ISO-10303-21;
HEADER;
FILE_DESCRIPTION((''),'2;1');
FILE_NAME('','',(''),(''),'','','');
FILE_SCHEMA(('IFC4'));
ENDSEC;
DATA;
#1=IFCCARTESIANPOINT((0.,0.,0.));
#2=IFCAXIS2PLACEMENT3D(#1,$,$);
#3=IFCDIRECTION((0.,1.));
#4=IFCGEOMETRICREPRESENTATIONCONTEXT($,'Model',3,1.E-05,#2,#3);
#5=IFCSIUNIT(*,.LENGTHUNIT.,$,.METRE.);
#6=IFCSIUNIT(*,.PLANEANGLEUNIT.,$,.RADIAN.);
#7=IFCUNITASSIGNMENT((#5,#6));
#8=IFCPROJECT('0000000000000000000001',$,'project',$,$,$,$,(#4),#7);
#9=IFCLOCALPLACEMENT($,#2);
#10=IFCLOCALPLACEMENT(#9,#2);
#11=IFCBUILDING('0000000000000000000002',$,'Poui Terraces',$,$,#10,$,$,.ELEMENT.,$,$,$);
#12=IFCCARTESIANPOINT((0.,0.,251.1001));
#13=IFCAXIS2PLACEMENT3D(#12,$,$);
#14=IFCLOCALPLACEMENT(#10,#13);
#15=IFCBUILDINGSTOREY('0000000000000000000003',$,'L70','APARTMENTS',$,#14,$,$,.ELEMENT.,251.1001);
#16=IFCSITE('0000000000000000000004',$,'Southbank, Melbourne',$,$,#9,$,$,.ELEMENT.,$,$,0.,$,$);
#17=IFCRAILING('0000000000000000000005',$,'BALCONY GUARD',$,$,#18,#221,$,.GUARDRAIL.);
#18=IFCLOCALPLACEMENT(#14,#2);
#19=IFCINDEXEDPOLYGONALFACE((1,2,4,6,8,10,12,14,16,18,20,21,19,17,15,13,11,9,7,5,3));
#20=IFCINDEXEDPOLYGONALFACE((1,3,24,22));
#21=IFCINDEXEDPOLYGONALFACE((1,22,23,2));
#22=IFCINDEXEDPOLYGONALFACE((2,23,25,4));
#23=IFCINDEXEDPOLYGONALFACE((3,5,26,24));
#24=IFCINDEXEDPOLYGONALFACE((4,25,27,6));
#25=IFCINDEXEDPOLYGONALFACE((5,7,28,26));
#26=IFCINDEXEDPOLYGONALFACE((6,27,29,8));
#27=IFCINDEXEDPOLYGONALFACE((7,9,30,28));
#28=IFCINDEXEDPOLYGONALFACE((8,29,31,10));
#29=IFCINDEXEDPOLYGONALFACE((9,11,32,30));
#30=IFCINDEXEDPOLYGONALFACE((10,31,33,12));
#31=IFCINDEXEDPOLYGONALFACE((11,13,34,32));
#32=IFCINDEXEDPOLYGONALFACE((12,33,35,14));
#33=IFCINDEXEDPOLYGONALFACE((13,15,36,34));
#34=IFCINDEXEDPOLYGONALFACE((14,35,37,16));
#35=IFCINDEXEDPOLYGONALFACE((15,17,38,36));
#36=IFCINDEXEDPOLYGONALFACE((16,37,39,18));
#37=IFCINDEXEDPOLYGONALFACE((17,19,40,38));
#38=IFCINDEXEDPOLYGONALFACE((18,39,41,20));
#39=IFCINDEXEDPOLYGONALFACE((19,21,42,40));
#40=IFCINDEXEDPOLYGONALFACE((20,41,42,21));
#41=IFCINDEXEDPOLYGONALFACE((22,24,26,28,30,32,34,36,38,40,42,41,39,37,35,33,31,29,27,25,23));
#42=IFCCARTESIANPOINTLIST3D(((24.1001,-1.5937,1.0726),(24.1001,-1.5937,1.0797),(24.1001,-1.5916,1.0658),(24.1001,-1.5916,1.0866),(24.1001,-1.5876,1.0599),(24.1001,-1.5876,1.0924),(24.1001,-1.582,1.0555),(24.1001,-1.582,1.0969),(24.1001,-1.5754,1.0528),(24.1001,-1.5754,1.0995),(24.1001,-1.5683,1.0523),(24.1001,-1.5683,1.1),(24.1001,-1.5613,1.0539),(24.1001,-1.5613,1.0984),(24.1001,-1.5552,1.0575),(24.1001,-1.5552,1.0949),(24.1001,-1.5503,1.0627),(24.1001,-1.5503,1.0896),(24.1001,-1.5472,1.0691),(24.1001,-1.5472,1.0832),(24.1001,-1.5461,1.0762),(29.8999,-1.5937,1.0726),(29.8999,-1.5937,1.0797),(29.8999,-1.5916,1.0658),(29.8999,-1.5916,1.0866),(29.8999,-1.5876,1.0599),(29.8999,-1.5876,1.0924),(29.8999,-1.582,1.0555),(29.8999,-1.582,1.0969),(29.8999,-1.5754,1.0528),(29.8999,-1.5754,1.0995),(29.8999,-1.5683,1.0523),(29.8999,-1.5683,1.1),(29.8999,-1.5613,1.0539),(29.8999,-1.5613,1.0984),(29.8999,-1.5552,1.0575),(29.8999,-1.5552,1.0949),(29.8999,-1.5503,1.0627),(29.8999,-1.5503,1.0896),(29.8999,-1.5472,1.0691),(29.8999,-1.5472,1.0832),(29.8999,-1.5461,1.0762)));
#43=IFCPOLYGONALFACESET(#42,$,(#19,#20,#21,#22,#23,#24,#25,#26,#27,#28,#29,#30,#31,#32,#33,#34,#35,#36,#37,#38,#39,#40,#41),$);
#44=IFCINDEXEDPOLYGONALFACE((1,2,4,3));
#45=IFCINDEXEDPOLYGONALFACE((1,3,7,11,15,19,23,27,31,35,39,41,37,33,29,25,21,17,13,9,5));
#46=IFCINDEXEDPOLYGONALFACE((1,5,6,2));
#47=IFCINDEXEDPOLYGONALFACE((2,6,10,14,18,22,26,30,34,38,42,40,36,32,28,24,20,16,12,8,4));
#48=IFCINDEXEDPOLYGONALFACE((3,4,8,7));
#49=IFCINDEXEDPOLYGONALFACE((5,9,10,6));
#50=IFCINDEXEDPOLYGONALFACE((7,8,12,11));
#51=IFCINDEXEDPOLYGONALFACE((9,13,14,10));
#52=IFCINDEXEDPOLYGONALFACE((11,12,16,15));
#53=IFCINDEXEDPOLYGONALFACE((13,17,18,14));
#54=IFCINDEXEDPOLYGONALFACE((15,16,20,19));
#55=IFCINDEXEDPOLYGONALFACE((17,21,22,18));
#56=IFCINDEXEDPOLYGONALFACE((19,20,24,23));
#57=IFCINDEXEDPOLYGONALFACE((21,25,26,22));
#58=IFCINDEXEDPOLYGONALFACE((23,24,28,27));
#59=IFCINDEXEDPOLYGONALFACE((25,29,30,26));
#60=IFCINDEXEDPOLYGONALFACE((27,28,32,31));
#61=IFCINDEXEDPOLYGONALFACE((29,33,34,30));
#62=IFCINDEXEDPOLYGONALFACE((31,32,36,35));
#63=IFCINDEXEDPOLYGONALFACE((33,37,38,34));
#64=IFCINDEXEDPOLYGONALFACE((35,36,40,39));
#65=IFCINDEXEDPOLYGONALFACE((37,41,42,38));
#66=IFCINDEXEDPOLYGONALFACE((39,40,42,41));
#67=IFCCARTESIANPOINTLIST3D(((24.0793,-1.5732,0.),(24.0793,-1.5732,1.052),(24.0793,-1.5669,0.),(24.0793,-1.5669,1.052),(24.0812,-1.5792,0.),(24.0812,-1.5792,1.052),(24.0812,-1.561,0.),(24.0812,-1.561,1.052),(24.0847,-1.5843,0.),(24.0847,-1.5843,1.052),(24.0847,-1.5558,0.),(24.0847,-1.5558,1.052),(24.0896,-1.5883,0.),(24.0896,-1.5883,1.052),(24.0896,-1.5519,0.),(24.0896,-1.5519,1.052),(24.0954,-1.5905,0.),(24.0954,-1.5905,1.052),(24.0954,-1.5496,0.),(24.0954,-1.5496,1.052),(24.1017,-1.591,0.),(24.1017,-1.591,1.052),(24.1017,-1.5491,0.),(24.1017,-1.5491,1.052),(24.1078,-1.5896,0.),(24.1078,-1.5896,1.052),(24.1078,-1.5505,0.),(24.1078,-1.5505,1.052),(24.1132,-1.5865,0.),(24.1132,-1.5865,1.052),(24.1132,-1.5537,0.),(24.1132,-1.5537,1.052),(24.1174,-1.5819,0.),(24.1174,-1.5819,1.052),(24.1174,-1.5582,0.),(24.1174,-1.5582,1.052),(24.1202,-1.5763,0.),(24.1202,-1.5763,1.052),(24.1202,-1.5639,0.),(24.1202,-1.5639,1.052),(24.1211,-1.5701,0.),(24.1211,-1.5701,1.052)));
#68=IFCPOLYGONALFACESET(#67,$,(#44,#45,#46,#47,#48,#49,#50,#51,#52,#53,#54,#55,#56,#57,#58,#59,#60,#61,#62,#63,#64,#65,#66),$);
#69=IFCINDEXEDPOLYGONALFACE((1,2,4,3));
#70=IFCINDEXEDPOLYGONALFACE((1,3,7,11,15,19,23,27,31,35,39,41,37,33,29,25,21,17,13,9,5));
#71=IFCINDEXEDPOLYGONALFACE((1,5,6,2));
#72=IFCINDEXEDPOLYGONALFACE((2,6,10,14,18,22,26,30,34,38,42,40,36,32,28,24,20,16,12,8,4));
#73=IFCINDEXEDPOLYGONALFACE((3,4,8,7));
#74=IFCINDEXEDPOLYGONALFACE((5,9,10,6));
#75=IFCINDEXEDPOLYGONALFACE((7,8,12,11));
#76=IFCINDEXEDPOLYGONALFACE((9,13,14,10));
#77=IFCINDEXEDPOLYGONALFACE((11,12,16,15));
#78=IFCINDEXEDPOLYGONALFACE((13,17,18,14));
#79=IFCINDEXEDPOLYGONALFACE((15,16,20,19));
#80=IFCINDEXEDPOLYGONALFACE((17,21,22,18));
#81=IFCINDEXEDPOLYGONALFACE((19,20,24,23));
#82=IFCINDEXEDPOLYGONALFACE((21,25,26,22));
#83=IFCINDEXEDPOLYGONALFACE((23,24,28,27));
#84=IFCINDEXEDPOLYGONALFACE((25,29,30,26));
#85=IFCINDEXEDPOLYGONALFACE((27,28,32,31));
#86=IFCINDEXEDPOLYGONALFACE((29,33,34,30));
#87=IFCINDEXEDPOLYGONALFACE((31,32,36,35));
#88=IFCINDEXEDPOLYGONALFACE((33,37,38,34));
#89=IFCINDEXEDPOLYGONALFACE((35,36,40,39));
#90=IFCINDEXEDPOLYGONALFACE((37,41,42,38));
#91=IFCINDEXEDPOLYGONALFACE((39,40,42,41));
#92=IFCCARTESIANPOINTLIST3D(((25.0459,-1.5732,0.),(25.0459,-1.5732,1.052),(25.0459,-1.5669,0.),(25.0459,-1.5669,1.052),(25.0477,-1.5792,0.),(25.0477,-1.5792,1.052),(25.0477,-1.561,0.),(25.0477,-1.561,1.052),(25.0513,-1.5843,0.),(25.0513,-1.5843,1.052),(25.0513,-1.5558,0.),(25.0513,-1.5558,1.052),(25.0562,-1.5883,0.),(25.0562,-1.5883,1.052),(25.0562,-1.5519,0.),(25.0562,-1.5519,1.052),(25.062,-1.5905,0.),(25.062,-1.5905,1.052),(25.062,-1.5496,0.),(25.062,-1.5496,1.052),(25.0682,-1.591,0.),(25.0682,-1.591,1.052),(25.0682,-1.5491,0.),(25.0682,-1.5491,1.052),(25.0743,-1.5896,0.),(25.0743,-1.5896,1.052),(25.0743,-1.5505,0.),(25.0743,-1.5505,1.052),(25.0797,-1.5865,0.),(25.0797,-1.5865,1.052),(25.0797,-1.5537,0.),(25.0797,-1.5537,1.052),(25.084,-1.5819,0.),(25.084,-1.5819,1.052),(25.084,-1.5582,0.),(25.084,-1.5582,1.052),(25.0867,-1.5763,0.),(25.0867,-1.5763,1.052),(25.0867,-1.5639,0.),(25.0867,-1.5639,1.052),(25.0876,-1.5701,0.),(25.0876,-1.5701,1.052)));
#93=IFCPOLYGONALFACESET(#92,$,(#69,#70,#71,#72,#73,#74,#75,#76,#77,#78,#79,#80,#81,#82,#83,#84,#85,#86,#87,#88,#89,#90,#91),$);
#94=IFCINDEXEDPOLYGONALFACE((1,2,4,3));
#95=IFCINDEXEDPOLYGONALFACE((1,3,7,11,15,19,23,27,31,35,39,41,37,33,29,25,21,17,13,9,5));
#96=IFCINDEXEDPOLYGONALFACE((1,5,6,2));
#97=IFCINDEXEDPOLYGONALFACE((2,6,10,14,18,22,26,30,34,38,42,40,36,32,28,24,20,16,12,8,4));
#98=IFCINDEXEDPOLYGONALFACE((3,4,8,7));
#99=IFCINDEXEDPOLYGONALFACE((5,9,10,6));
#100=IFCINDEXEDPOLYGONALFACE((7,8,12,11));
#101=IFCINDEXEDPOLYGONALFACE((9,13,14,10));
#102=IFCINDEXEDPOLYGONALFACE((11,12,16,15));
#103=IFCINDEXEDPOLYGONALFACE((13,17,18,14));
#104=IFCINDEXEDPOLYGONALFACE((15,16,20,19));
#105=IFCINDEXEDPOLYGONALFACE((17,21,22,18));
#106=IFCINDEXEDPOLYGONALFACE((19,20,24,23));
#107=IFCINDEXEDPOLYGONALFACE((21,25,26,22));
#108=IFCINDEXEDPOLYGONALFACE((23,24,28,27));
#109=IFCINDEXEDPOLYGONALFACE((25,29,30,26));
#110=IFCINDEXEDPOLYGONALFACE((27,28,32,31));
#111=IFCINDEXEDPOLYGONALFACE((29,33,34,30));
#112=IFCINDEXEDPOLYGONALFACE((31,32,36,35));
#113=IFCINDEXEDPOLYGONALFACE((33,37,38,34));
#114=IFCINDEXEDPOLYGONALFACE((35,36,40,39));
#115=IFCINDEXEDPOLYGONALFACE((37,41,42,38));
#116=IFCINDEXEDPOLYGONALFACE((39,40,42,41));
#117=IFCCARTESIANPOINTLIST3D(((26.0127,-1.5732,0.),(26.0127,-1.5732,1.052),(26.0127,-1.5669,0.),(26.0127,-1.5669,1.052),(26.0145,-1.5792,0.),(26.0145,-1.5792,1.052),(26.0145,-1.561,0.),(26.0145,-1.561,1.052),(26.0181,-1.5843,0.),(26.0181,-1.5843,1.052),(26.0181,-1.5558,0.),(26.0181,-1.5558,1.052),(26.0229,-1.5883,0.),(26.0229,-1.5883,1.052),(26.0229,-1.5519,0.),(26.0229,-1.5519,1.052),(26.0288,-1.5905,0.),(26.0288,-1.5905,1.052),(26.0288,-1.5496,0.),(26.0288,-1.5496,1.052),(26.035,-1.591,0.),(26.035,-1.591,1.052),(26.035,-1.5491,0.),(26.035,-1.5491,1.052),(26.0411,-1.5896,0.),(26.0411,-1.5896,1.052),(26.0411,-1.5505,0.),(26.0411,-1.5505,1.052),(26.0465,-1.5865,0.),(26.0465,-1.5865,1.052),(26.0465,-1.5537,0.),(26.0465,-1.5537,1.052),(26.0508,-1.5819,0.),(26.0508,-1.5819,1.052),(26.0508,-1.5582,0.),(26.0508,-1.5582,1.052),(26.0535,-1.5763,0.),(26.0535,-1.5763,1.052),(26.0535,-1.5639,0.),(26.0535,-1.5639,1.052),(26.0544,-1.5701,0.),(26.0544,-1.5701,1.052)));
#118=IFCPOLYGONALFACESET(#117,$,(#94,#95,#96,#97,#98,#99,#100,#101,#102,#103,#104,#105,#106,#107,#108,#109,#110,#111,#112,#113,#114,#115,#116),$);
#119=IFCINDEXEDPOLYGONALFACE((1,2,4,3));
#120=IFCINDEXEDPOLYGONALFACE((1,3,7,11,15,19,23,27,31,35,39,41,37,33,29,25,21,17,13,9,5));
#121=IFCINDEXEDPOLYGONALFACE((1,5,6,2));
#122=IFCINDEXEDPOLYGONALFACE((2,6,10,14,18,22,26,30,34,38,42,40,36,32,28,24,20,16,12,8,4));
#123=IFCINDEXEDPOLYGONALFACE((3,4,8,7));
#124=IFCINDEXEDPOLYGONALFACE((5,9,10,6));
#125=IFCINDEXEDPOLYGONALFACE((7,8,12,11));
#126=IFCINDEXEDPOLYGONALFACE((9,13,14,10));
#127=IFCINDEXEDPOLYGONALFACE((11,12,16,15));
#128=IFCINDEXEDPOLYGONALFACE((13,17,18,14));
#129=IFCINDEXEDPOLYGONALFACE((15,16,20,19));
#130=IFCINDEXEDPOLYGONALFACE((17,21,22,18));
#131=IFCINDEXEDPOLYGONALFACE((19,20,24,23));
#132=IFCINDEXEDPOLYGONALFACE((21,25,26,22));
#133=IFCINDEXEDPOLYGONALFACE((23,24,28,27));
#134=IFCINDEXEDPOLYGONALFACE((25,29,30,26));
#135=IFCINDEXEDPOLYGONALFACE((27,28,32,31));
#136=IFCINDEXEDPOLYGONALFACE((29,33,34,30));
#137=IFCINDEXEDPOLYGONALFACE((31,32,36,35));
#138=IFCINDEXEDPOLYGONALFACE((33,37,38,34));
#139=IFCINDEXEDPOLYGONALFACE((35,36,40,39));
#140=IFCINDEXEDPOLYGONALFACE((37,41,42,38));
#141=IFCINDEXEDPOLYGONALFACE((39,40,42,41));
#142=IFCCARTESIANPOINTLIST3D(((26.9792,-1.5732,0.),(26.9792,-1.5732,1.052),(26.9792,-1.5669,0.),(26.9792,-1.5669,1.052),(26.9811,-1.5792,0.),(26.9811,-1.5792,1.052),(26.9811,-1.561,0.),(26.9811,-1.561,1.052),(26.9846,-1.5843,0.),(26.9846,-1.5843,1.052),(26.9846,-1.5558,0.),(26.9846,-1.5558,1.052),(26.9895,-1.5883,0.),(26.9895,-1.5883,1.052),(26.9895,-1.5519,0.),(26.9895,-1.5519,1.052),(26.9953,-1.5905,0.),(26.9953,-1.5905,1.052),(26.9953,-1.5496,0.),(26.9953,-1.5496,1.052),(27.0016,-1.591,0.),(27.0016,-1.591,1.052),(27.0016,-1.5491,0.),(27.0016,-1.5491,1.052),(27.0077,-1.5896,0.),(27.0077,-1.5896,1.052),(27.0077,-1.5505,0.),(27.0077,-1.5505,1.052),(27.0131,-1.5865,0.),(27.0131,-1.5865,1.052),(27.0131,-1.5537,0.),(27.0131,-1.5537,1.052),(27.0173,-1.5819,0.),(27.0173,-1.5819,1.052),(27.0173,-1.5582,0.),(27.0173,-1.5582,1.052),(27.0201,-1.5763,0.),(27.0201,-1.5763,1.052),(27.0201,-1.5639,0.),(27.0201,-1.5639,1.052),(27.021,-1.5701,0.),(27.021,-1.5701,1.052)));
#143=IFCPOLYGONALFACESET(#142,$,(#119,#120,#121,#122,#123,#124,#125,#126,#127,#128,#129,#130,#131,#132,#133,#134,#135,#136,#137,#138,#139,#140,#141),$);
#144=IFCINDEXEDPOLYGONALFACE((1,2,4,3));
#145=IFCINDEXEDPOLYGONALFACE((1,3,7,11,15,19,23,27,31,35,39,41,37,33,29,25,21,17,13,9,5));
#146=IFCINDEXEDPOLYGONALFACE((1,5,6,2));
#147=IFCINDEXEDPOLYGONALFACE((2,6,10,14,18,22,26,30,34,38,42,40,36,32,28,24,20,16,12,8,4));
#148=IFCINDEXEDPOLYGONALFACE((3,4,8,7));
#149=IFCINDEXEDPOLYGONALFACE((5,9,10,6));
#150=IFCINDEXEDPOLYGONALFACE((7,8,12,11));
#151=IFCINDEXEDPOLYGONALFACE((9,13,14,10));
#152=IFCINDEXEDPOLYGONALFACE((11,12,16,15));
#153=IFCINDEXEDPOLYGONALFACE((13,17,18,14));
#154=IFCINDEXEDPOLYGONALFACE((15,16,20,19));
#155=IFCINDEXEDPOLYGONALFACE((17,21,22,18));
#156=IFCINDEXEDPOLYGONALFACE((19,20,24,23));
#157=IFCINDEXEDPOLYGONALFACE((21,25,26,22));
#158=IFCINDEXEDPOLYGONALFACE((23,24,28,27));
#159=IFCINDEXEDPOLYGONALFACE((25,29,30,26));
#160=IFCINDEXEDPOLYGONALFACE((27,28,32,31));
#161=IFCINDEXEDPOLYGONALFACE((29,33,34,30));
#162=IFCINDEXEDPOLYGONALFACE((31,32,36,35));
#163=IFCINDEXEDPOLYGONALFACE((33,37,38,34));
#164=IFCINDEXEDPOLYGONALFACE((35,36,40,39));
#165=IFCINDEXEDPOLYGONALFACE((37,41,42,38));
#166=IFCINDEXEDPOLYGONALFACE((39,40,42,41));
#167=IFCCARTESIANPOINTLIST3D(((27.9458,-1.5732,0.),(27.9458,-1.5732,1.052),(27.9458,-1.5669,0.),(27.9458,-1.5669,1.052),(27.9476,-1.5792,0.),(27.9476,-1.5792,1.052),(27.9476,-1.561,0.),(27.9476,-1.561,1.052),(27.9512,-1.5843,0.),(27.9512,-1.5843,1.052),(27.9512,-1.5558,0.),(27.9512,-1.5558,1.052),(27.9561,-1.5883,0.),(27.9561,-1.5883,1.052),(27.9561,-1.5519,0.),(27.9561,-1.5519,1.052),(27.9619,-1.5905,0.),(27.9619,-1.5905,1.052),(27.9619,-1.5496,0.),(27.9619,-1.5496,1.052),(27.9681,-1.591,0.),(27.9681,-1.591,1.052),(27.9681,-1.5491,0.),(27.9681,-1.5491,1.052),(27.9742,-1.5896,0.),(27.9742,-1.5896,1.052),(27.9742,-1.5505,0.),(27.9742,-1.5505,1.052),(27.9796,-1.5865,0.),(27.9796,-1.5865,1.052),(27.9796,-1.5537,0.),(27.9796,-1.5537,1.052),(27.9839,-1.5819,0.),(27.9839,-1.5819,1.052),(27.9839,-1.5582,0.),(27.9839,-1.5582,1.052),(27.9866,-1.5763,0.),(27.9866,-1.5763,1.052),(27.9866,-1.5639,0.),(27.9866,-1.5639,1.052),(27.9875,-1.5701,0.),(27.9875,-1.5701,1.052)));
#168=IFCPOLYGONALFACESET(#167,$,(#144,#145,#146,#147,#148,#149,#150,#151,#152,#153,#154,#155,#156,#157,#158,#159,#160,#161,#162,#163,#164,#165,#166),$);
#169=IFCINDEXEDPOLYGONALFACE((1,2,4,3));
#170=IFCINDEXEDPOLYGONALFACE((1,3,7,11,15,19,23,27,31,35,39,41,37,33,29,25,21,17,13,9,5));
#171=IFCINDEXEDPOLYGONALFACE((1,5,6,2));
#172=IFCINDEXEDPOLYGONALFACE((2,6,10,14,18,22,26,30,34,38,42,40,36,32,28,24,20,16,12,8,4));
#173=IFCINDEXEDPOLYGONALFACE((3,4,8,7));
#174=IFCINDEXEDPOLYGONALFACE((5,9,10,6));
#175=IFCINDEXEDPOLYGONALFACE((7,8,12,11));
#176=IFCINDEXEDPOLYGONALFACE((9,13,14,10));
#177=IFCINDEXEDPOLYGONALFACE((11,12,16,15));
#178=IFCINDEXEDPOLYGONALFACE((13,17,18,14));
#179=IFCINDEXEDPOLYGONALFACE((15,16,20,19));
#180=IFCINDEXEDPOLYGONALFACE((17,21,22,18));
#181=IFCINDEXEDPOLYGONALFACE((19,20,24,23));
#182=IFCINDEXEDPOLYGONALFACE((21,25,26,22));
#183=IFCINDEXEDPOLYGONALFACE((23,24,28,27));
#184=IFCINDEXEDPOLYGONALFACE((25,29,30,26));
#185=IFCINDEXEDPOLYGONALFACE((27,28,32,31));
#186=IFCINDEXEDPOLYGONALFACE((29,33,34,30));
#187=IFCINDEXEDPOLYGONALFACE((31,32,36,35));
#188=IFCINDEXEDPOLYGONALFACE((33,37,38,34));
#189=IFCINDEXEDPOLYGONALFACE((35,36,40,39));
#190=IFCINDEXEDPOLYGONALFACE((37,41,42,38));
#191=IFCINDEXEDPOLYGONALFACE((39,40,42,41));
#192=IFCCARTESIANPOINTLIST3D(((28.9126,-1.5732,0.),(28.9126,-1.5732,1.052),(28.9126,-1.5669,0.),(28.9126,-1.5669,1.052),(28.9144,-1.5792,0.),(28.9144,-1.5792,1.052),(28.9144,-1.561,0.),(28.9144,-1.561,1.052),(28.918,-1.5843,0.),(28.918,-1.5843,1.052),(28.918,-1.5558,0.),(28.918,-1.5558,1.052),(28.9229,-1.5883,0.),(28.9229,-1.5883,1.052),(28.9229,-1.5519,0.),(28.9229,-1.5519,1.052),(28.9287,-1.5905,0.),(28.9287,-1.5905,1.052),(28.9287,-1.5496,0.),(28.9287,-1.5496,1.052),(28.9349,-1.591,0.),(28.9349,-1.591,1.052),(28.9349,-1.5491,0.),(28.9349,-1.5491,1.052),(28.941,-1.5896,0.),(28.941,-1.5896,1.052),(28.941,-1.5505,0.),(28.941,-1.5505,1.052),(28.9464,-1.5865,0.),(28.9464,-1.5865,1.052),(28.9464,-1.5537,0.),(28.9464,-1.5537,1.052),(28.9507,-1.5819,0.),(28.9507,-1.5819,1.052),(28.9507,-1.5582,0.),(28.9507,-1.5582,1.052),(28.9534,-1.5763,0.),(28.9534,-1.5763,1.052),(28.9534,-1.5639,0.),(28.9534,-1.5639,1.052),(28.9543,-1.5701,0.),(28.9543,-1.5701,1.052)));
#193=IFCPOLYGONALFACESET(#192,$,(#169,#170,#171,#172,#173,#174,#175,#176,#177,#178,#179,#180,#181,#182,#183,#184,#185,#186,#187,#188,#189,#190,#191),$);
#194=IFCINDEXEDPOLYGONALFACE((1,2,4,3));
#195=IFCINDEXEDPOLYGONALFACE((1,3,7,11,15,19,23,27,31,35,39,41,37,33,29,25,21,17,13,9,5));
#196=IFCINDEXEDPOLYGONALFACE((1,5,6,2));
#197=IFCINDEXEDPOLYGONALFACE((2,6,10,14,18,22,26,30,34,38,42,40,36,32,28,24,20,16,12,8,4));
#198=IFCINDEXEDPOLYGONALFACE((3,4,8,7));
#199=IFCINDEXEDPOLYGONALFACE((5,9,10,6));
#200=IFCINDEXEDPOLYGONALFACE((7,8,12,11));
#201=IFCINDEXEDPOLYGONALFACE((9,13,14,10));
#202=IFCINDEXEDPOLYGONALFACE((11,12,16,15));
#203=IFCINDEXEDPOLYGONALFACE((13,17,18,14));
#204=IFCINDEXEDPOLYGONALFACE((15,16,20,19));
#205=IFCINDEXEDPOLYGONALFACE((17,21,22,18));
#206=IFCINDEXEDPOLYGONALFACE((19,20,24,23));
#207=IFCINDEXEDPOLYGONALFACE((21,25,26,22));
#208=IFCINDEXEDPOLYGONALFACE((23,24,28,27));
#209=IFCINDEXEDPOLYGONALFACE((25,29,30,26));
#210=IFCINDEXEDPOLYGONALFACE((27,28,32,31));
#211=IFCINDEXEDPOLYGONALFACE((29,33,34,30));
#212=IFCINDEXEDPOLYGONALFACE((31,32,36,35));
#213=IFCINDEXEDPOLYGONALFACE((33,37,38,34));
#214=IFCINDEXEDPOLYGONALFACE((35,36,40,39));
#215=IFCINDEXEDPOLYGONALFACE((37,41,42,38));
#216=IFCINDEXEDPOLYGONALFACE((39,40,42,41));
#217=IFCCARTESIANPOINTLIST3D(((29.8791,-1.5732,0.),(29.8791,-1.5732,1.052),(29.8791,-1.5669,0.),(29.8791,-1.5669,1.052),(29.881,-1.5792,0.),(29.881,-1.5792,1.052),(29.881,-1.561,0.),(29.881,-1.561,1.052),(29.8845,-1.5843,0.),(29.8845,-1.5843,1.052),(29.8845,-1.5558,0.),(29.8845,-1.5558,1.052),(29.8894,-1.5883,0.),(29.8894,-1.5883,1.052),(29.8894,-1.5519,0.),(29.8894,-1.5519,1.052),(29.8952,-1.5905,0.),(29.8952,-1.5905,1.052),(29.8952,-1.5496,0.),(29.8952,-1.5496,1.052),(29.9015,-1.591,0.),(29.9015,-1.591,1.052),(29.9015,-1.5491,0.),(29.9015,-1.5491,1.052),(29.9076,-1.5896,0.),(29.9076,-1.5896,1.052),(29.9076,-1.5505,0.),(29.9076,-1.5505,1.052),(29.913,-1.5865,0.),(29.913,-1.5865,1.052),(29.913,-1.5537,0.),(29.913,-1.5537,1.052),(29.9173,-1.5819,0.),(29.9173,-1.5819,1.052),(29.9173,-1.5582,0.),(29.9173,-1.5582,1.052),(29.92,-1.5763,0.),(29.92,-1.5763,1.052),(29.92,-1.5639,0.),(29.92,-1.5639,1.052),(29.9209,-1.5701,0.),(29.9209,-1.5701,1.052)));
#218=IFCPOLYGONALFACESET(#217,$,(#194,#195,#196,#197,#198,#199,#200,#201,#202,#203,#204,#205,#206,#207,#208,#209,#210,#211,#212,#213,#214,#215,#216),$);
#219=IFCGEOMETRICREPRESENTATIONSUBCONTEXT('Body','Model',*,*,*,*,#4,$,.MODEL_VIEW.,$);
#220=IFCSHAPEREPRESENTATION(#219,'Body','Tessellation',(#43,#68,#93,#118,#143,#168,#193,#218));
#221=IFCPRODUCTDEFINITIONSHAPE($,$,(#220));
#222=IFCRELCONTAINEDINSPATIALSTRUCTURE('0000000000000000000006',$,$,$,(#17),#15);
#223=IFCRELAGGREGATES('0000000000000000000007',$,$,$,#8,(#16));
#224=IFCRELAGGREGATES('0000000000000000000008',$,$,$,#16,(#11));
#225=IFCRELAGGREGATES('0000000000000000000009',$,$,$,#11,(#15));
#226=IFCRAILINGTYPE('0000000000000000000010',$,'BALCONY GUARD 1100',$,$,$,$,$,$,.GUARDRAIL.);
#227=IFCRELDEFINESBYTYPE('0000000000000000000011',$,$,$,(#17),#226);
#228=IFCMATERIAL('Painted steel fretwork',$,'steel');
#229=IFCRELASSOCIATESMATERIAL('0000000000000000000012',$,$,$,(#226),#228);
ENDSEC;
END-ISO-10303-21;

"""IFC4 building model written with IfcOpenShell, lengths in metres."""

from ifc_helpers import new_model, si_unit, direction, frame, origin, origin_2d, place, context, subcontext, project, spatial, circle, extrude, material, type_object, element, save


model = new_model("IFC4")

# Units and contexts
model_context = context("Model", 3, precision=1e-05, world=origin(), true_north=direction((0.0, 1.0)))
body_context = subcontext(model_context, "Body", "Model", "MODEL_VIEW")
ifc_project = project(units=[si_unit("LENGTHUNIT", "METRE"), si_unit("PLANEANGLEUNIT", "RADIAN")], contexts=[model_context])

# Site, building, storey
site_placement = place(None, origin())
site = spatial("IfcSite", under=ifc_project, at=site_placement, Name="Southbank, Melbourne", CompositionType="ELEMENT", RefElevation=0.0)
building_placement = place(site_placement, origin())
building = spatial("IfcBuilding", under=site, at=building_placement, Name="Poui Terraces", CompositionType="ELEMENT")
storey_placement = place(building_placement, frame((0.0, 0.0, 251.1001)))
storey = spatial("IfcBuildingStorey", under=building, at=storey_placement, Name="L70", Description="APARTMENTS", CompositionType="ELEMENT", Elevation=251.1001)

# Railing
ifc_material_1 = material(Name="Painted steel fretwork", Category="steel")
railing_type = type_object("IfcRailingType", Name="BALCONY GUARD 1100", PredefinedType="GUARDRAIL", material=ifc_material_1)
railing_placement = place(storey_placement, frame((24.1001, -1.5701, 0.0)))
element("IfcRailing", 1, at=railing_placement, inside=storey, type_object=railing_type, Name="BALCONY GUARD", PredefinedType="GUARDRAIL", context=body_context, shape_type="SweptSolid", body=[
    extrude(circle(Radius=0.0239, at=origin_2d()), frame((0.0, 0.0, 1.0762), z_axis=(1.0, 0.0, 0.0), x_axis=(0.0, 1.0, 0.0)), (0.0, 0.0, 1.0), 5.7998),
    extrude(circle(Radius=0.021, at=origin_2d()), origin(), (0.0, 0.0, 1.0), 1.052),
    extrude(circle(Radius=0.021, at=origin_2d()), frame((0.9666, 0.0, 0.0)), (0.0, 0.0, 1.0), 1.052),
    extrude(circle(Radius=0.021, at=origin_2d()), frame((1.9333, 0.0, 0.0)), (0.0, 0.0, 1.0), 1.052),
    extrude(circle(Radius=0.021, at=origin_2d()), frame((2.8999, 0.0, 0.0)), (0.0, 0.0, 1.0), 1.052),
    extrude(circle(Radius=0.021, at=origin_2d()), frame((3.8665, 0.0, 0.0)), (0.0, 0.0, 1.0), 1.052),
    extrude(circle(Radius=0.021, at=origin_2d()), frame((4.8333, 0.0, 0.0)), (0.0, 0.0, 1.0), 1.052),
    extrude(circle(Radius=0.021, at=origin_2d()), frame((5.7998, 0.0, 0.0)), (0.0, 0.0, 1.0), 1.052),
])

save(model, "model.ifc")
